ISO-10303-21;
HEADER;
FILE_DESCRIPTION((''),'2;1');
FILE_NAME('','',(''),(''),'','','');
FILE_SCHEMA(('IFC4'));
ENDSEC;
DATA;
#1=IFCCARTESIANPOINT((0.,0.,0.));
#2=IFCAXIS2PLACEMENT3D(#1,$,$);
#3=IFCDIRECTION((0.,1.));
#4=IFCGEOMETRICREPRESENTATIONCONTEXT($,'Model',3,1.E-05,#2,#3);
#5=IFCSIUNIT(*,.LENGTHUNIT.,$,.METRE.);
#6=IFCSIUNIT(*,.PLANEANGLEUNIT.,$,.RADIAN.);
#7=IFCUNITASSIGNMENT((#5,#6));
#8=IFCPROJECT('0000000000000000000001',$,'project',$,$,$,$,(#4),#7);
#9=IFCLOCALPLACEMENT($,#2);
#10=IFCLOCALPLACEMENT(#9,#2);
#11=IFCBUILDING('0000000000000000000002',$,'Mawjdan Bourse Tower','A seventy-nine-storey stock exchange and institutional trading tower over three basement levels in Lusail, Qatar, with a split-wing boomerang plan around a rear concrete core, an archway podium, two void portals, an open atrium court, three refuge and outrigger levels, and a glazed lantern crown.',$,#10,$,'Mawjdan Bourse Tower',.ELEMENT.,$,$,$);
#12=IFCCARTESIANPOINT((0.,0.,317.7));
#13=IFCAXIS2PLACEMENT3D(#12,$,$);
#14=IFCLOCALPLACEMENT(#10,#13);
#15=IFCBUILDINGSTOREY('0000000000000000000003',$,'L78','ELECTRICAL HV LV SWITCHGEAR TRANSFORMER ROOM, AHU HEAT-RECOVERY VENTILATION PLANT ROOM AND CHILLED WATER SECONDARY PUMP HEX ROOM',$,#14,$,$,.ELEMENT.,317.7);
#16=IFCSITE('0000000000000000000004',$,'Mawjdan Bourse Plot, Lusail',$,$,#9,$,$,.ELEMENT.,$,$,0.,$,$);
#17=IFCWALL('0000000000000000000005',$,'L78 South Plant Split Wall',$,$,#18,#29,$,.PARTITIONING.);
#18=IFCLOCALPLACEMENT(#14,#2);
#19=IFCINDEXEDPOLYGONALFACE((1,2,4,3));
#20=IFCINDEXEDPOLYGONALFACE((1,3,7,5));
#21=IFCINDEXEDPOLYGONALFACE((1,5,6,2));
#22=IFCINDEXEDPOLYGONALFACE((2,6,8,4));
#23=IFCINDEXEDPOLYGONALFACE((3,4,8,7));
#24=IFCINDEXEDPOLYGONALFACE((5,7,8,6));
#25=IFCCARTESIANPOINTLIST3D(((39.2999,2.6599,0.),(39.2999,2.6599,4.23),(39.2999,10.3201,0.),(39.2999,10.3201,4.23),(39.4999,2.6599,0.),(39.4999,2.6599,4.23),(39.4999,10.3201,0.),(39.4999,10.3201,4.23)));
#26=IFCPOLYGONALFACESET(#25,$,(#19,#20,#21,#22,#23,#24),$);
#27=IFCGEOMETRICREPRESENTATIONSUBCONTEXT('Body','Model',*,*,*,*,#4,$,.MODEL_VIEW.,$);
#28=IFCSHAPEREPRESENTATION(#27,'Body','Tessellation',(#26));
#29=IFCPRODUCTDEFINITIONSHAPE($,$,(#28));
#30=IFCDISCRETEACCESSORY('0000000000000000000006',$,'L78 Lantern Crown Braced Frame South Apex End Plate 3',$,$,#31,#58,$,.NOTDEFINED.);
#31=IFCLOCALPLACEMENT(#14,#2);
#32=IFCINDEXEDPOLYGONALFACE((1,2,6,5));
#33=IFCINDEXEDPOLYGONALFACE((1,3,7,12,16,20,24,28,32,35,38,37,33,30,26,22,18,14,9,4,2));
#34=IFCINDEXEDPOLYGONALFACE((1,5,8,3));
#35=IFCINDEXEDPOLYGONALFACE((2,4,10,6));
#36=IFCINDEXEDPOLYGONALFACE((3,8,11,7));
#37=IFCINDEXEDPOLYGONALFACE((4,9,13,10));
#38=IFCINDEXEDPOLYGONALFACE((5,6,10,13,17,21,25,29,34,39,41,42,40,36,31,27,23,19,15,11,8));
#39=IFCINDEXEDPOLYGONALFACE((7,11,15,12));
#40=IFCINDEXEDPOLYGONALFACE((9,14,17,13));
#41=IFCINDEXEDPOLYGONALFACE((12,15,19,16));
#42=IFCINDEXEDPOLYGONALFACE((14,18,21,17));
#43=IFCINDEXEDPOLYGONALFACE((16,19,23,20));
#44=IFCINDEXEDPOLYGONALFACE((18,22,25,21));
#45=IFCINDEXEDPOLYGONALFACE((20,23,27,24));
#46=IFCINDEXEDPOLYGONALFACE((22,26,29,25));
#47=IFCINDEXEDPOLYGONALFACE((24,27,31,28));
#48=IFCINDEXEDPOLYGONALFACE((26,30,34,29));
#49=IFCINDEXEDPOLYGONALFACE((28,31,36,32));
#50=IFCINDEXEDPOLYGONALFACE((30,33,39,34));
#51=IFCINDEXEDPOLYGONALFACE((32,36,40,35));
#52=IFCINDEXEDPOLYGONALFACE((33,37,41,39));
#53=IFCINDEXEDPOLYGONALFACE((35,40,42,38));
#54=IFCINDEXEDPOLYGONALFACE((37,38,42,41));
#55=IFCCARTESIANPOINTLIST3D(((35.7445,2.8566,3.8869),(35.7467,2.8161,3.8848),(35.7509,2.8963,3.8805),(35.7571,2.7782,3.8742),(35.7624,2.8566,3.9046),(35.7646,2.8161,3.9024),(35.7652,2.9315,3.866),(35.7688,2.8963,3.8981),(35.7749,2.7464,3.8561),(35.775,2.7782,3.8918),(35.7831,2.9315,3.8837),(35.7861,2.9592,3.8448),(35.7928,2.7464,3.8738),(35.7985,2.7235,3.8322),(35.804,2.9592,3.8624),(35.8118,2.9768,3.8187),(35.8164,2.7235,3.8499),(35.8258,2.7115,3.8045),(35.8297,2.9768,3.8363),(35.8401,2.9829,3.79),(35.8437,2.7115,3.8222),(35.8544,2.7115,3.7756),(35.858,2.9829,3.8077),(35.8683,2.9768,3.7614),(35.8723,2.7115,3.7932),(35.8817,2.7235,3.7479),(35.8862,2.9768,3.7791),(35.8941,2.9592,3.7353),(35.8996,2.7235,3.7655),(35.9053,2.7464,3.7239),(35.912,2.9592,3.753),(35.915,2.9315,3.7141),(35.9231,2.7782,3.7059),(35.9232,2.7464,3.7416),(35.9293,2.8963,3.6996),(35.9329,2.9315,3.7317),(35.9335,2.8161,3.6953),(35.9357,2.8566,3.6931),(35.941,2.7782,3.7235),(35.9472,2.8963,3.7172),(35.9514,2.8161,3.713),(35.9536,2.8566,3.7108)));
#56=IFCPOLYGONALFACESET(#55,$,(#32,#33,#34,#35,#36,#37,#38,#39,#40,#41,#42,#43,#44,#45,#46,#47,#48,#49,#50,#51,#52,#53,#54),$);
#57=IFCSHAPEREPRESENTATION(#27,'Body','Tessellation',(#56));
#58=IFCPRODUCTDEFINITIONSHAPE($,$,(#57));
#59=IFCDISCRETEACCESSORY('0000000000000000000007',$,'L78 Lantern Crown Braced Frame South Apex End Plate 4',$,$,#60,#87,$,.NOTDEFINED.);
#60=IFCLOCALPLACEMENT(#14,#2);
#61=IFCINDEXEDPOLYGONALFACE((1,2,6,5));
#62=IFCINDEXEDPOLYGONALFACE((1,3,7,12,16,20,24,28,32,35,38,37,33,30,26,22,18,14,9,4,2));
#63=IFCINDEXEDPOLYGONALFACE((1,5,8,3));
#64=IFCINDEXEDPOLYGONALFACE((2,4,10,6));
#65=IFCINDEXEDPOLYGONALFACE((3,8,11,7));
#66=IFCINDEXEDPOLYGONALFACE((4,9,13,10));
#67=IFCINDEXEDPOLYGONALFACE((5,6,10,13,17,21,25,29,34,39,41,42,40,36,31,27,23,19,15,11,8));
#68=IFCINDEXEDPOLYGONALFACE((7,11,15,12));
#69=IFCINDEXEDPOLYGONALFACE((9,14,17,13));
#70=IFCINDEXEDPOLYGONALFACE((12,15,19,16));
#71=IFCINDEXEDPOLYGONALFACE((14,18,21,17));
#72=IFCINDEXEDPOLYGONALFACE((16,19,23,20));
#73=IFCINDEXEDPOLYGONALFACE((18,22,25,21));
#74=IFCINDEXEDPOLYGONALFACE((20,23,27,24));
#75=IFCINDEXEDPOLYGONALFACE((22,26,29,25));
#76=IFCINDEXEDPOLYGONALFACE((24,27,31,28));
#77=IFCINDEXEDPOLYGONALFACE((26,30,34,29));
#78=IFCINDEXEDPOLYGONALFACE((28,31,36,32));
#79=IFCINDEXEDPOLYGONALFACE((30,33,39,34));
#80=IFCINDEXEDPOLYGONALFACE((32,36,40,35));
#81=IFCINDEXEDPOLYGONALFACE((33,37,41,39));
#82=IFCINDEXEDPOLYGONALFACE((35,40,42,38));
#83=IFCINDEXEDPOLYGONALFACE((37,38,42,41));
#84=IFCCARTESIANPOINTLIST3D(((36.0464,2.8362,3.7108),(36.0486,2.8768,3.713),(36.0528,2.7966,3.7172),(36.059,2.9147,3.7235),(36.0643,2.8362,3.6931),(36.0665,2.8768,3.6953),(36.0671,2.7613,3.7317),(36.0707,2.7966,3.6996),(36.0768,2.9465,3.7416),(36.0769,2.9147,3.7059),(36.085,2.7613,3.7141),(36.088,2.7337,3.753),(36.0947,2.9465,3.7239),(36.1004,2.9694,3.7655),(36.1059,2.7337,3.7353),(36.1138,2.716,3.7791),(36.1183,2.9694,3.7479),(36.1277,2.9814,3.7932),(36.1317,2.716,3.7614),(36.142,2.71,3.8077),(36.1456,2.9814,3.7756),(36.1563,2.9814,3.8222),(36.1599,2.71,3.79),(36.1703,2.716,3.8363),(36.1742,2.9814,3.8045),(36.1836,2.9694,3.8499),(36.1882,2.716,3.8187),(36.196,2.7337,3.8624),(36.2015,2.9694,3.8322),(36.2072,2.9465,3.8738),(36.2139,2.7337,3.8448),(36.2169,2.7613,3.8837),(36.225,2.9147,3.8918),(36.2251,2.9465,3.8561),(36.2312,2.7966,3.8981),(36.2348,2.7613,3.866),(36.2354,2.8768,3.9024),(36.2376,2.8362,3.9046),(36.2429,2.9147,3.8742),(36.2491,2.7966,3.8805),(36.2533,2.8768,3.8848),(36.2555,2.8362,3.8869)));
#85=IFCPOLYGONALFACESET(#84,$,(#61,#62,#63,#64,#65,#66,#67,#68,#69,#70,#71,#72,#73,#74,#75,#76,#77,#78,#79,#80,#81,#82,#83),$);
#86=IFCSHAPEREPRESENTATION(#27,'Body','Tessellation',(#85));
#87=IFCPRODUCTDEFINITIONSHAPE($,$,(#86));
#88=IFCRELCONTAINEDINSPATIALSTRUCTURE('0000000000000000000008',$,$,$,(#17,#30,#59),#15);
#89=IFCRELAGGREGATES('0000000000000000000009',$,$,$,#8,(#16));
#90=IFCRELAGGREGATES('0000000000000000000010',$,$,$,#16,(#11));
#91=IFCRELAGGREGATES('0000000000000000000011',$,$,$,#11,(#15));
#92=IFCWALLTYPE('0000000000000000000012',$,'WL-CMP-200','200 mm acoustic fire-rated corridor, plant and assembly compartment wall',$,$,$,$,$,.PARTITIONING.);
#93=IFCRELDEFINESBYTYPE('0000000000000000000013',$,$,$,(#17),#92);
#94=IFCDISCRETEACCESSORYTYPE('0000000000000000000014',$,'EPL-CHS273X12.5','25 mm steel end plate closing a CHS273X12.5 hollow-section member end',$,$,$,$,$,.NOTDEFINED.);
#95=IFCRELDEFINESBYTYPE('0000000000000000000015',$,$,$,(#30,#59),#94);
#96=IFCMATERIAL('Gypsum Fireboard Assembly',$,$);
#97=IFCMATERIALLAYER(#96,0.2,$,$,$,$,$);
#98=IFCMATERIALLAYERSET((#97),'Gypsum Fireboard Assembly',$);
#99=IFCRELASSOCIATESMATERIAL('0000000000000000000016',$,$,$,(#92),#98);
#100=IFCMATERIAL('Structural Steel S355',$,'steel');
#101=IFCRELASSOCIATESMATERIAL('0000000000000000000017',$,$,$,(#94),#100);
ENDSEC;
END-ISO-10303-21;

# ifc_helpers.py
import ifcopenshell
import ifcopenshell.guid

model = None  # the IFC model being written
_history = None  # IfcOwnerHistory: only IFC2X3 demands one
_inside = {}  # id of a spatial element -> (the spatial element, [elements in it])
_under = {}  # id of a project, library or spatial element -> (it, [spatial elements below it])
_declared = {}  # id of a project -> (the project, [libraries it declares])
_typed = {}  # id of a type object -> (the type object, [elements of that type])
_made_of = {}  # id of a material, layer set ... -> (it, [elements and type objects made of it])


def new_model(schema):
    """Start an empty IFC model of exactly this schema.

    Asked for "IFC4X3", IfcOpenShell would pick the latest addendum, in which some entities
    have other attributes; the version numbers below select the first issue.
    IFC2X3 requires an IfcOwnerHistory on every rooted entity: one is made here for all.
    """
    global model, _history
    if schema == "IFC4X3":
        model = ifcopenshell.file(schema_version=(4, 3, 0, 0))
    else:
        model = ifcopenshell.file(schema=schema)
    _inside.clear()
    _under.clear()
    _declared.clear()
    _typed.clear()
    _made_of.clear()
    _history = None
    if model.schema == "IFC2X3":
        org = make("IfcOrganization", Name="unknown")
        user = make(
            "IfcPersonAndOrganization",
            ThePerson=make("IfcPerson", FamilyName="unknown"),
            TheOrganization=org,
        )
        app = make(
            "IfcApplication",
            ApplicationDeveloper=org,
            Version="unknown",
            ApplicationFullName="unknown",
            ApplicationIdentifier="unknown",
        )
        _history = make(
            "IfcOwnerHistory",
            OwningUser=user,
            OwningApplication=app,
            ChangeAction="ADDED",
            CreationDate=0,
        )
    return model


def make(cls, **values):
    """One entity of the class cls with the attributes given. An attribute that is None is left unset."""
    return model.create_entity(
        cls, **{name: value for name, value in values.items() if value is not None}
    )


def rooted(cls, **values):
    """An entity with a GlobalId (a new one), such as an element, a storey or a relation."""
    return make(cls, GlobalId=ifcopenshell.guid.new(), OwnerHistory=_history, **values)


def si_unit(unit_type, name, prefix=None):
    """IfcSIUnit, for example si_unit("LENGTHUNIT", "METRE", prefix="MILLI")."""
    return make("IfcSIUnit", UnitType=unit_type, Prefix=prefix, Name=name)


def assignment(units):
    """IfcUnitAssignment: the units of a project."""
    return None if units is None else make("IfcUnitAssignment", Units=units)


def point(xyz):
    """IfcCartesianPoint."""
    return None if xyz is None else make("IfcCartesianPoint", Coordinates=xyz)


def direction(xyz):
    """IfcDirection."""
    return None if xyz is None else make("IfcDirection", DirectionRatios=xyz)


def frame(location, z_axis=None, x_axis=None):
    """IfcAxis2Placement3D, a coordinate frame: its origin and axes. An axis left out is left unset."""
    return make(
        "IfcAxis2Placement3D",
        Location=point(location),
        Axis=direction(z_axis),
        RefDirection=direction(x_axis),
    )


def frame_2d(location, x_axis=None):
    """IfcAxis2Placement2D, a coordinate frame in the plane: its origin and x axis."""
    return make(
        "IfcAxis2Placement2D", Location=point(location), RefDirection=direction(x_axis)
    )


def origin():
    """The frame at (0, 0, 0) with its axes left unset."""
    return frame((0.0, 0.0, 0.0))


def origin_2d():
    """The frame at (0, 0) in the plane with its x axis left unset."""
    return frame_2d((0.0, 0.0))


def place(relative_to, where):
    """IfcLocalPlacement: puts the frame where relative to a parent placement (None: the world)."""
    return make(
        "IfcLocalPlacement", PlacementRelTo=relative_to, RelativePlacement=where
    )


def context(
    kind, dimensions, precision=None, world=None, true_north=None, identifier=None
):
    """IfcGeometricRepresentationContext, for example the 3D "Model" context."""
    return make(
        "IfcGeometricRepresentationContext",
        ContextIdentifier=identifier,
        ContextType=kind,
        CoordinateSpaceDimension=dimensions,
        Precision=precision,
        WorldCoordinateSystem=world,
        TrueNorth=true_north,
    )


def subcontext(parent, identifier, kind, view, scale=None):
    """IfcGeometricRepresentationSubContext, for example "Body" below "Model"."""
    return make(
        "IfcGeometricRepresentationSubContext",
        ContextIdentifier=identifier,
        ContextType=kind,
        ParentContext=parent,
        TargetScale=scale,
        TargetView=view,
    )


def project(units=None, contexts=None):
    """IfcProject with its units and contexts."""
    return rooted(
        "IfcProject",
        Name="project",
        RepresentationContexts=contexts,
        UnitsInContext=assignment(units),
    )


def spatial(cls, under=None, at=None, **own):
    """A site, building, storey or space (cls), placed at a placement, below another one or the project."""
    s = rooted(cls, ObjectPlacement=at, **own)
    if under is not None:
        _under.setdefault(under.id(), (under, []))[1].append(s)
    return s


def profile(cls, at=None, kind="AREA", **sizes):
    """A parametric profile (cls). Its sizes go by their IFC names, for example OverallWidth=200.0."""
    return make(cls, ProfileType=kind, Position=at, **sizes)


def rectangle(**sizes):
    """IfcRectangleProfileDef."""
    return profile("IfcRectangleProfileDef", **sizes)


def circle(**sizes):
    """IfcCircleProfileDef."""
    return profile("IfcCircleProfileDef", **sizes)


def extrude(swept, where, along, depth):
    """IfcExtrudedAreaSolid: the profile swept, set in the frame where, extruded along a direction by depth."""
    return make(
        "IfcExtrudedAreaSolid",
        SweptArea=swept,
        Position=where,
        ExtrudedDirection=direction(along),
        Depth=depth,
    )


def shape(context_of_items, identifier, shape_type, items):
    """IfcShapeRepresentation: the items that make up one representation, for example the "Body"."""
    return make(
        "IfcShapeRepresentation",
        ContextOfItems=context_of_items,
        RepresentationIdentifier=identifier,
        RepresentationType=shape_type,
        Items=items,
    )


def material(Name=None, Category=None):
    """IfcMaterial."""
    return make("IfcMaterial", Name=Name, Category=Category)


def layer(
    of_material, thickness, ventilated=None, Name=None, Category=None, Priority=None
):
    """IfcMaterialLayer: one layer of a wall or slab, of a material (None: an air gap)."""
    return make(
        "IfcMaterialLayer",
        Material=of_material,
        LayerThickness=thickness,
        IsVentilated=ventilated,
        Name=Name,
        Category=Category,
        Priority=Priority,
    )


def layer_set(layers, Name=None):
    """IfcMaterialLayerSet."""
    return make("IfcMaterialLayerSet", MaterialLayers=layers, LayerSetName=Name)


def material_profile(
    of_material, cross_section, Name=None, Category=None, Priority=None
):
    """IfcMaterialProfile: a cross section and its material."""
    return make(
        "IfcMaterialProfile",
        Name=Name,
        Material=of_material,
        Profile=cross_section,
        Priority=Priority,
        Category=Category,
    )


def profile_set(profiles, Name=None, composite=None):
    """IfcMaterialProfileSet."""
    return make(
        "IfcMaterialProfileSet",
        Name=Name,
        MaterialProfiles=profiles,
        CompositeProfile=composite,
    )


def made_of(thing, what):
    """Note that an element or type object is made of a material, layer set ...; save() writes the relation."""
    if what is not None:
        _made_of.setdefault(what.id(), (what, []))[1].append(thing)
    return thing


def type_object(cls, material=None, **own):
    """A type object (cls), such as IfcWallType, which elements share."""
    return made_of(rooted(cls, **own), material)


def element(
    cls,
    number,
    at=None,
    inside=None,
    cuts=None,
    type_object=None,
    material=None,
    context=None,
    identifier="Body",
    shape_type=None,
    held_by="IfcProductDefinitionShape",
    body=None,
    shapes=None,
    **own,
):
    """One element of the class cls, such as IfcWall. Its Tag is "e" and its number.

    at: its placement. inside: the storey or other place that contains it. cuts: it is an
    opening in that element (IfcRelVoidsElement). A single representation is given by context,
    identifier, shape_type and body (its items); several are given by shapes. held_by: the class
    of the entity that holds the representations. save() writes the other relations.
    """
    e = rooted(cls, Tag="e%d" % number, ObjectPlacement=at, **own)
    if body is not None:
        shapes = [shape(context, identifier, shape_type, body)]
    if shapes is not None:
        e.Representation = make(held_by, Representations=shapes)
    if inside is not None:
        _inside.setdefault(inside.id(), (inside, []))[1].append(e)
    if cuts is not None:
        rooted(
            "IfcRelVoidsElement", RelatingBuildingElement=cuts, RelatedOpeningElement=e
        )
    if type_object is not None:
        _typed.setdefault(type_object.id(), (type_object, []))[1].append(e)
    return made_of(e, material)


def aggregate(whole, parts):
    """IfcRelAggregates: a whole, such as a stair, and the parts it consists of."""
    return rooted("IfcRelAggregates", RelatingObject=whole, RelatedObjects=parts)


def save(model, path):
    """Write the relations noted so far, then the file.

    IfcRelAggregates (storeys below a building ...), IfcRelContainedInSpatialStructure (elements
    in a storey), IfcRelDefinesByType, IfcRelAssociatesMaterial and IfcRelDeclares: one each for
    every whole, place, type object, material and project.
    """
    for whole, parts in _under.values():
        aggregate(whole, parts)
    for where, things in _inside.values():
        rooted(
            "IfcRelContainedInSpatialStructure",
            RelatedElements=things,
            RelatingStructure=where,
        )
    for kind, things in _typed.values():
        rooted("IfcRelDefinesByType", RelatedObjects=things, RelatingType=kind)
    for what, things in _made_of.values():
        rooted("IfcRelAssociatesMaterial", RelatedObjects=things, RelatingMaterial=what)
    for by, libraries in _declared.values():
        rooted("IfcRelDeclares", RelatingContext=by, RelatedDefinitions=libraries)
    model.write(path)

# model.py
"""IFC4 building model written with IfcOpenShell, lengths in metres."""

from ifc_helpers import new_model, si_unit, direction, frame, frame_2d, origin, origin_2d, place, context, subcontext, project, spatial, rectangle, circle, extrude, material, layer, layer_set, material_profile, profile_set, type_object, element, save


model = new_model("IFC4")

# Units and contexts
model_context = context("Model", 3, precision=1e-05, world=origin(), true_north=direction((0.0, 1.0)))
body_context = subcontext(model_context, "Body", "Model", "MODEL_VIEW")
ifc_project = project(units=[si_unit("LENGTHUNIT", "METRE"), si_unit("PLANEANGLEUNIT", "RADIAN")], contexts=[model_context])

# Site, building, storey
site_placement = place(None, origin())
site = spatial("IfcSite", under=ifc_project, at=site_placement, Name="Mawjdan Bourse Plot, Lusail", CompositionType="ELEMENT", RefElevation=0.0)
building_placement = place(site_placement, origin())
building = spatial("IfcBuilding", under=site, at=building_placement, Name="Mawjdan Bourse Tower", Description="A seventy-nine-storey stock exchange and institutional trading tower over three basement levels in Lusail, Qatar, with a split-wing boomerang plan around a rear concrete core, an archway podium, two void portals, an open atrium court, three refuge and outrigger levels, and a glazed lantern crown.", LongName="Mawjdan Bourse Tower", CompositionType="ELEMENT")
storey_placement = place(building_placement, frame((0.0, 0.0, 317.7)))
storey = spatial("IfcBuildingStorey", under=building, at=storey_placement, Name="L78", Description="ELECTRICAL HV LV SWITCHGEAR TRANSFORMER ROOM, AHU HEAT-RECOVERY VENTILATION PLANT ROOM AND CHILLED WATER SECONDARY PUMP HEX ROOM", CompositionType="ELEMENT", Elevation=317.7)

# Shared definitions
ifc_material_1 = material(Name="Structural Steel S355", Category="steel")

# Wall
ifc_material_2 = material(Name="Gypsum Fireboard Assembly")
ifc_layer_1 = layer(ifc_material_2, 0.2)
ifc_layer_set_1 = layer_set([ifc_layer_1], Name="Gypsum Fireboard Assembly")
wall_type = type_object("IfcWallType", Name="WL-CMP-200", Description="200 mm acoustic fire-rated corridor, plant and assembly compartment wall", PredefinedType="PARTITIONING", material=ifc_layer_set_1)
wall_placement = place(storey_placement, frame((39.3999, 2.6599, 0.0), z_axis=(0.0, 0.0, 1.0), x_axis=(0.0, 1.0, 0.0)))
element("IfcWall", 1, at=wall_placement, inside=storey, type_object=wall_type, Name="L78 South Plant Split Wall", PredefinedType="PARTITIONING", context=body_context, shape_type="SweptSolid", body=[
    extrude(rectangle(XDim=7.6602, YDim=0.2, at=frame_2d((3.8301, 0.0))), origin(), (0.0, 0.0, 1.0), 4.23),
])

# Discrete accessories
ifc_material_profile_1 = material_profile(ifc_material_1, circle(Radius=0.1365, at=origin_2d()), Name="EPL-CHS273X12.5")
ifc_profile_set_1 = profile_set([ifc_material_profile_1], Name="Structural Steel S355")
discrete_accessory_type = type_object("IfcDiscreteAccessoryType", Name="EPL-CHS273X12.5", Description="25 mm steel end plate closing a CHS273X12.5 hollow-section member end", PredefinedType="NOTDEFINED", material=ifc_profile_set_1)
for number, where, z_axis, x_axis, name in (
    (2, (35.8401, 2.8464, 3.79), (0.711966, 0.0, 0.702213), (0.0, 1.0, 0.0), "L78 Lantern Crown Braced Frame South Apex End Plate 3"),
    (3, (36.1599, 2.8464, 3.79), (-0.711966, 0.0, 0.702213), (0.0, -1.0, 0.0), "L78 Lantern Crown Braced Frame South Apex End Plate 4"),
):
    element("IfcDiscreteAccessory", number, at=place(storey_placement, frame(where, z_axis=z_axis, x_axis=x_axis)), inside=storey, type_object=discrete_accessory_type, Name=name, PredefinedType="NOTDEFINED", context=body_context, shape_type="SweptSolid", body=[
        extrude(circle(Radius=0.1365, at=origin_2d()), origin(), (0.0, 0.0, 1.0), 0.0251),
    ])

save(model, "model.ifc")
